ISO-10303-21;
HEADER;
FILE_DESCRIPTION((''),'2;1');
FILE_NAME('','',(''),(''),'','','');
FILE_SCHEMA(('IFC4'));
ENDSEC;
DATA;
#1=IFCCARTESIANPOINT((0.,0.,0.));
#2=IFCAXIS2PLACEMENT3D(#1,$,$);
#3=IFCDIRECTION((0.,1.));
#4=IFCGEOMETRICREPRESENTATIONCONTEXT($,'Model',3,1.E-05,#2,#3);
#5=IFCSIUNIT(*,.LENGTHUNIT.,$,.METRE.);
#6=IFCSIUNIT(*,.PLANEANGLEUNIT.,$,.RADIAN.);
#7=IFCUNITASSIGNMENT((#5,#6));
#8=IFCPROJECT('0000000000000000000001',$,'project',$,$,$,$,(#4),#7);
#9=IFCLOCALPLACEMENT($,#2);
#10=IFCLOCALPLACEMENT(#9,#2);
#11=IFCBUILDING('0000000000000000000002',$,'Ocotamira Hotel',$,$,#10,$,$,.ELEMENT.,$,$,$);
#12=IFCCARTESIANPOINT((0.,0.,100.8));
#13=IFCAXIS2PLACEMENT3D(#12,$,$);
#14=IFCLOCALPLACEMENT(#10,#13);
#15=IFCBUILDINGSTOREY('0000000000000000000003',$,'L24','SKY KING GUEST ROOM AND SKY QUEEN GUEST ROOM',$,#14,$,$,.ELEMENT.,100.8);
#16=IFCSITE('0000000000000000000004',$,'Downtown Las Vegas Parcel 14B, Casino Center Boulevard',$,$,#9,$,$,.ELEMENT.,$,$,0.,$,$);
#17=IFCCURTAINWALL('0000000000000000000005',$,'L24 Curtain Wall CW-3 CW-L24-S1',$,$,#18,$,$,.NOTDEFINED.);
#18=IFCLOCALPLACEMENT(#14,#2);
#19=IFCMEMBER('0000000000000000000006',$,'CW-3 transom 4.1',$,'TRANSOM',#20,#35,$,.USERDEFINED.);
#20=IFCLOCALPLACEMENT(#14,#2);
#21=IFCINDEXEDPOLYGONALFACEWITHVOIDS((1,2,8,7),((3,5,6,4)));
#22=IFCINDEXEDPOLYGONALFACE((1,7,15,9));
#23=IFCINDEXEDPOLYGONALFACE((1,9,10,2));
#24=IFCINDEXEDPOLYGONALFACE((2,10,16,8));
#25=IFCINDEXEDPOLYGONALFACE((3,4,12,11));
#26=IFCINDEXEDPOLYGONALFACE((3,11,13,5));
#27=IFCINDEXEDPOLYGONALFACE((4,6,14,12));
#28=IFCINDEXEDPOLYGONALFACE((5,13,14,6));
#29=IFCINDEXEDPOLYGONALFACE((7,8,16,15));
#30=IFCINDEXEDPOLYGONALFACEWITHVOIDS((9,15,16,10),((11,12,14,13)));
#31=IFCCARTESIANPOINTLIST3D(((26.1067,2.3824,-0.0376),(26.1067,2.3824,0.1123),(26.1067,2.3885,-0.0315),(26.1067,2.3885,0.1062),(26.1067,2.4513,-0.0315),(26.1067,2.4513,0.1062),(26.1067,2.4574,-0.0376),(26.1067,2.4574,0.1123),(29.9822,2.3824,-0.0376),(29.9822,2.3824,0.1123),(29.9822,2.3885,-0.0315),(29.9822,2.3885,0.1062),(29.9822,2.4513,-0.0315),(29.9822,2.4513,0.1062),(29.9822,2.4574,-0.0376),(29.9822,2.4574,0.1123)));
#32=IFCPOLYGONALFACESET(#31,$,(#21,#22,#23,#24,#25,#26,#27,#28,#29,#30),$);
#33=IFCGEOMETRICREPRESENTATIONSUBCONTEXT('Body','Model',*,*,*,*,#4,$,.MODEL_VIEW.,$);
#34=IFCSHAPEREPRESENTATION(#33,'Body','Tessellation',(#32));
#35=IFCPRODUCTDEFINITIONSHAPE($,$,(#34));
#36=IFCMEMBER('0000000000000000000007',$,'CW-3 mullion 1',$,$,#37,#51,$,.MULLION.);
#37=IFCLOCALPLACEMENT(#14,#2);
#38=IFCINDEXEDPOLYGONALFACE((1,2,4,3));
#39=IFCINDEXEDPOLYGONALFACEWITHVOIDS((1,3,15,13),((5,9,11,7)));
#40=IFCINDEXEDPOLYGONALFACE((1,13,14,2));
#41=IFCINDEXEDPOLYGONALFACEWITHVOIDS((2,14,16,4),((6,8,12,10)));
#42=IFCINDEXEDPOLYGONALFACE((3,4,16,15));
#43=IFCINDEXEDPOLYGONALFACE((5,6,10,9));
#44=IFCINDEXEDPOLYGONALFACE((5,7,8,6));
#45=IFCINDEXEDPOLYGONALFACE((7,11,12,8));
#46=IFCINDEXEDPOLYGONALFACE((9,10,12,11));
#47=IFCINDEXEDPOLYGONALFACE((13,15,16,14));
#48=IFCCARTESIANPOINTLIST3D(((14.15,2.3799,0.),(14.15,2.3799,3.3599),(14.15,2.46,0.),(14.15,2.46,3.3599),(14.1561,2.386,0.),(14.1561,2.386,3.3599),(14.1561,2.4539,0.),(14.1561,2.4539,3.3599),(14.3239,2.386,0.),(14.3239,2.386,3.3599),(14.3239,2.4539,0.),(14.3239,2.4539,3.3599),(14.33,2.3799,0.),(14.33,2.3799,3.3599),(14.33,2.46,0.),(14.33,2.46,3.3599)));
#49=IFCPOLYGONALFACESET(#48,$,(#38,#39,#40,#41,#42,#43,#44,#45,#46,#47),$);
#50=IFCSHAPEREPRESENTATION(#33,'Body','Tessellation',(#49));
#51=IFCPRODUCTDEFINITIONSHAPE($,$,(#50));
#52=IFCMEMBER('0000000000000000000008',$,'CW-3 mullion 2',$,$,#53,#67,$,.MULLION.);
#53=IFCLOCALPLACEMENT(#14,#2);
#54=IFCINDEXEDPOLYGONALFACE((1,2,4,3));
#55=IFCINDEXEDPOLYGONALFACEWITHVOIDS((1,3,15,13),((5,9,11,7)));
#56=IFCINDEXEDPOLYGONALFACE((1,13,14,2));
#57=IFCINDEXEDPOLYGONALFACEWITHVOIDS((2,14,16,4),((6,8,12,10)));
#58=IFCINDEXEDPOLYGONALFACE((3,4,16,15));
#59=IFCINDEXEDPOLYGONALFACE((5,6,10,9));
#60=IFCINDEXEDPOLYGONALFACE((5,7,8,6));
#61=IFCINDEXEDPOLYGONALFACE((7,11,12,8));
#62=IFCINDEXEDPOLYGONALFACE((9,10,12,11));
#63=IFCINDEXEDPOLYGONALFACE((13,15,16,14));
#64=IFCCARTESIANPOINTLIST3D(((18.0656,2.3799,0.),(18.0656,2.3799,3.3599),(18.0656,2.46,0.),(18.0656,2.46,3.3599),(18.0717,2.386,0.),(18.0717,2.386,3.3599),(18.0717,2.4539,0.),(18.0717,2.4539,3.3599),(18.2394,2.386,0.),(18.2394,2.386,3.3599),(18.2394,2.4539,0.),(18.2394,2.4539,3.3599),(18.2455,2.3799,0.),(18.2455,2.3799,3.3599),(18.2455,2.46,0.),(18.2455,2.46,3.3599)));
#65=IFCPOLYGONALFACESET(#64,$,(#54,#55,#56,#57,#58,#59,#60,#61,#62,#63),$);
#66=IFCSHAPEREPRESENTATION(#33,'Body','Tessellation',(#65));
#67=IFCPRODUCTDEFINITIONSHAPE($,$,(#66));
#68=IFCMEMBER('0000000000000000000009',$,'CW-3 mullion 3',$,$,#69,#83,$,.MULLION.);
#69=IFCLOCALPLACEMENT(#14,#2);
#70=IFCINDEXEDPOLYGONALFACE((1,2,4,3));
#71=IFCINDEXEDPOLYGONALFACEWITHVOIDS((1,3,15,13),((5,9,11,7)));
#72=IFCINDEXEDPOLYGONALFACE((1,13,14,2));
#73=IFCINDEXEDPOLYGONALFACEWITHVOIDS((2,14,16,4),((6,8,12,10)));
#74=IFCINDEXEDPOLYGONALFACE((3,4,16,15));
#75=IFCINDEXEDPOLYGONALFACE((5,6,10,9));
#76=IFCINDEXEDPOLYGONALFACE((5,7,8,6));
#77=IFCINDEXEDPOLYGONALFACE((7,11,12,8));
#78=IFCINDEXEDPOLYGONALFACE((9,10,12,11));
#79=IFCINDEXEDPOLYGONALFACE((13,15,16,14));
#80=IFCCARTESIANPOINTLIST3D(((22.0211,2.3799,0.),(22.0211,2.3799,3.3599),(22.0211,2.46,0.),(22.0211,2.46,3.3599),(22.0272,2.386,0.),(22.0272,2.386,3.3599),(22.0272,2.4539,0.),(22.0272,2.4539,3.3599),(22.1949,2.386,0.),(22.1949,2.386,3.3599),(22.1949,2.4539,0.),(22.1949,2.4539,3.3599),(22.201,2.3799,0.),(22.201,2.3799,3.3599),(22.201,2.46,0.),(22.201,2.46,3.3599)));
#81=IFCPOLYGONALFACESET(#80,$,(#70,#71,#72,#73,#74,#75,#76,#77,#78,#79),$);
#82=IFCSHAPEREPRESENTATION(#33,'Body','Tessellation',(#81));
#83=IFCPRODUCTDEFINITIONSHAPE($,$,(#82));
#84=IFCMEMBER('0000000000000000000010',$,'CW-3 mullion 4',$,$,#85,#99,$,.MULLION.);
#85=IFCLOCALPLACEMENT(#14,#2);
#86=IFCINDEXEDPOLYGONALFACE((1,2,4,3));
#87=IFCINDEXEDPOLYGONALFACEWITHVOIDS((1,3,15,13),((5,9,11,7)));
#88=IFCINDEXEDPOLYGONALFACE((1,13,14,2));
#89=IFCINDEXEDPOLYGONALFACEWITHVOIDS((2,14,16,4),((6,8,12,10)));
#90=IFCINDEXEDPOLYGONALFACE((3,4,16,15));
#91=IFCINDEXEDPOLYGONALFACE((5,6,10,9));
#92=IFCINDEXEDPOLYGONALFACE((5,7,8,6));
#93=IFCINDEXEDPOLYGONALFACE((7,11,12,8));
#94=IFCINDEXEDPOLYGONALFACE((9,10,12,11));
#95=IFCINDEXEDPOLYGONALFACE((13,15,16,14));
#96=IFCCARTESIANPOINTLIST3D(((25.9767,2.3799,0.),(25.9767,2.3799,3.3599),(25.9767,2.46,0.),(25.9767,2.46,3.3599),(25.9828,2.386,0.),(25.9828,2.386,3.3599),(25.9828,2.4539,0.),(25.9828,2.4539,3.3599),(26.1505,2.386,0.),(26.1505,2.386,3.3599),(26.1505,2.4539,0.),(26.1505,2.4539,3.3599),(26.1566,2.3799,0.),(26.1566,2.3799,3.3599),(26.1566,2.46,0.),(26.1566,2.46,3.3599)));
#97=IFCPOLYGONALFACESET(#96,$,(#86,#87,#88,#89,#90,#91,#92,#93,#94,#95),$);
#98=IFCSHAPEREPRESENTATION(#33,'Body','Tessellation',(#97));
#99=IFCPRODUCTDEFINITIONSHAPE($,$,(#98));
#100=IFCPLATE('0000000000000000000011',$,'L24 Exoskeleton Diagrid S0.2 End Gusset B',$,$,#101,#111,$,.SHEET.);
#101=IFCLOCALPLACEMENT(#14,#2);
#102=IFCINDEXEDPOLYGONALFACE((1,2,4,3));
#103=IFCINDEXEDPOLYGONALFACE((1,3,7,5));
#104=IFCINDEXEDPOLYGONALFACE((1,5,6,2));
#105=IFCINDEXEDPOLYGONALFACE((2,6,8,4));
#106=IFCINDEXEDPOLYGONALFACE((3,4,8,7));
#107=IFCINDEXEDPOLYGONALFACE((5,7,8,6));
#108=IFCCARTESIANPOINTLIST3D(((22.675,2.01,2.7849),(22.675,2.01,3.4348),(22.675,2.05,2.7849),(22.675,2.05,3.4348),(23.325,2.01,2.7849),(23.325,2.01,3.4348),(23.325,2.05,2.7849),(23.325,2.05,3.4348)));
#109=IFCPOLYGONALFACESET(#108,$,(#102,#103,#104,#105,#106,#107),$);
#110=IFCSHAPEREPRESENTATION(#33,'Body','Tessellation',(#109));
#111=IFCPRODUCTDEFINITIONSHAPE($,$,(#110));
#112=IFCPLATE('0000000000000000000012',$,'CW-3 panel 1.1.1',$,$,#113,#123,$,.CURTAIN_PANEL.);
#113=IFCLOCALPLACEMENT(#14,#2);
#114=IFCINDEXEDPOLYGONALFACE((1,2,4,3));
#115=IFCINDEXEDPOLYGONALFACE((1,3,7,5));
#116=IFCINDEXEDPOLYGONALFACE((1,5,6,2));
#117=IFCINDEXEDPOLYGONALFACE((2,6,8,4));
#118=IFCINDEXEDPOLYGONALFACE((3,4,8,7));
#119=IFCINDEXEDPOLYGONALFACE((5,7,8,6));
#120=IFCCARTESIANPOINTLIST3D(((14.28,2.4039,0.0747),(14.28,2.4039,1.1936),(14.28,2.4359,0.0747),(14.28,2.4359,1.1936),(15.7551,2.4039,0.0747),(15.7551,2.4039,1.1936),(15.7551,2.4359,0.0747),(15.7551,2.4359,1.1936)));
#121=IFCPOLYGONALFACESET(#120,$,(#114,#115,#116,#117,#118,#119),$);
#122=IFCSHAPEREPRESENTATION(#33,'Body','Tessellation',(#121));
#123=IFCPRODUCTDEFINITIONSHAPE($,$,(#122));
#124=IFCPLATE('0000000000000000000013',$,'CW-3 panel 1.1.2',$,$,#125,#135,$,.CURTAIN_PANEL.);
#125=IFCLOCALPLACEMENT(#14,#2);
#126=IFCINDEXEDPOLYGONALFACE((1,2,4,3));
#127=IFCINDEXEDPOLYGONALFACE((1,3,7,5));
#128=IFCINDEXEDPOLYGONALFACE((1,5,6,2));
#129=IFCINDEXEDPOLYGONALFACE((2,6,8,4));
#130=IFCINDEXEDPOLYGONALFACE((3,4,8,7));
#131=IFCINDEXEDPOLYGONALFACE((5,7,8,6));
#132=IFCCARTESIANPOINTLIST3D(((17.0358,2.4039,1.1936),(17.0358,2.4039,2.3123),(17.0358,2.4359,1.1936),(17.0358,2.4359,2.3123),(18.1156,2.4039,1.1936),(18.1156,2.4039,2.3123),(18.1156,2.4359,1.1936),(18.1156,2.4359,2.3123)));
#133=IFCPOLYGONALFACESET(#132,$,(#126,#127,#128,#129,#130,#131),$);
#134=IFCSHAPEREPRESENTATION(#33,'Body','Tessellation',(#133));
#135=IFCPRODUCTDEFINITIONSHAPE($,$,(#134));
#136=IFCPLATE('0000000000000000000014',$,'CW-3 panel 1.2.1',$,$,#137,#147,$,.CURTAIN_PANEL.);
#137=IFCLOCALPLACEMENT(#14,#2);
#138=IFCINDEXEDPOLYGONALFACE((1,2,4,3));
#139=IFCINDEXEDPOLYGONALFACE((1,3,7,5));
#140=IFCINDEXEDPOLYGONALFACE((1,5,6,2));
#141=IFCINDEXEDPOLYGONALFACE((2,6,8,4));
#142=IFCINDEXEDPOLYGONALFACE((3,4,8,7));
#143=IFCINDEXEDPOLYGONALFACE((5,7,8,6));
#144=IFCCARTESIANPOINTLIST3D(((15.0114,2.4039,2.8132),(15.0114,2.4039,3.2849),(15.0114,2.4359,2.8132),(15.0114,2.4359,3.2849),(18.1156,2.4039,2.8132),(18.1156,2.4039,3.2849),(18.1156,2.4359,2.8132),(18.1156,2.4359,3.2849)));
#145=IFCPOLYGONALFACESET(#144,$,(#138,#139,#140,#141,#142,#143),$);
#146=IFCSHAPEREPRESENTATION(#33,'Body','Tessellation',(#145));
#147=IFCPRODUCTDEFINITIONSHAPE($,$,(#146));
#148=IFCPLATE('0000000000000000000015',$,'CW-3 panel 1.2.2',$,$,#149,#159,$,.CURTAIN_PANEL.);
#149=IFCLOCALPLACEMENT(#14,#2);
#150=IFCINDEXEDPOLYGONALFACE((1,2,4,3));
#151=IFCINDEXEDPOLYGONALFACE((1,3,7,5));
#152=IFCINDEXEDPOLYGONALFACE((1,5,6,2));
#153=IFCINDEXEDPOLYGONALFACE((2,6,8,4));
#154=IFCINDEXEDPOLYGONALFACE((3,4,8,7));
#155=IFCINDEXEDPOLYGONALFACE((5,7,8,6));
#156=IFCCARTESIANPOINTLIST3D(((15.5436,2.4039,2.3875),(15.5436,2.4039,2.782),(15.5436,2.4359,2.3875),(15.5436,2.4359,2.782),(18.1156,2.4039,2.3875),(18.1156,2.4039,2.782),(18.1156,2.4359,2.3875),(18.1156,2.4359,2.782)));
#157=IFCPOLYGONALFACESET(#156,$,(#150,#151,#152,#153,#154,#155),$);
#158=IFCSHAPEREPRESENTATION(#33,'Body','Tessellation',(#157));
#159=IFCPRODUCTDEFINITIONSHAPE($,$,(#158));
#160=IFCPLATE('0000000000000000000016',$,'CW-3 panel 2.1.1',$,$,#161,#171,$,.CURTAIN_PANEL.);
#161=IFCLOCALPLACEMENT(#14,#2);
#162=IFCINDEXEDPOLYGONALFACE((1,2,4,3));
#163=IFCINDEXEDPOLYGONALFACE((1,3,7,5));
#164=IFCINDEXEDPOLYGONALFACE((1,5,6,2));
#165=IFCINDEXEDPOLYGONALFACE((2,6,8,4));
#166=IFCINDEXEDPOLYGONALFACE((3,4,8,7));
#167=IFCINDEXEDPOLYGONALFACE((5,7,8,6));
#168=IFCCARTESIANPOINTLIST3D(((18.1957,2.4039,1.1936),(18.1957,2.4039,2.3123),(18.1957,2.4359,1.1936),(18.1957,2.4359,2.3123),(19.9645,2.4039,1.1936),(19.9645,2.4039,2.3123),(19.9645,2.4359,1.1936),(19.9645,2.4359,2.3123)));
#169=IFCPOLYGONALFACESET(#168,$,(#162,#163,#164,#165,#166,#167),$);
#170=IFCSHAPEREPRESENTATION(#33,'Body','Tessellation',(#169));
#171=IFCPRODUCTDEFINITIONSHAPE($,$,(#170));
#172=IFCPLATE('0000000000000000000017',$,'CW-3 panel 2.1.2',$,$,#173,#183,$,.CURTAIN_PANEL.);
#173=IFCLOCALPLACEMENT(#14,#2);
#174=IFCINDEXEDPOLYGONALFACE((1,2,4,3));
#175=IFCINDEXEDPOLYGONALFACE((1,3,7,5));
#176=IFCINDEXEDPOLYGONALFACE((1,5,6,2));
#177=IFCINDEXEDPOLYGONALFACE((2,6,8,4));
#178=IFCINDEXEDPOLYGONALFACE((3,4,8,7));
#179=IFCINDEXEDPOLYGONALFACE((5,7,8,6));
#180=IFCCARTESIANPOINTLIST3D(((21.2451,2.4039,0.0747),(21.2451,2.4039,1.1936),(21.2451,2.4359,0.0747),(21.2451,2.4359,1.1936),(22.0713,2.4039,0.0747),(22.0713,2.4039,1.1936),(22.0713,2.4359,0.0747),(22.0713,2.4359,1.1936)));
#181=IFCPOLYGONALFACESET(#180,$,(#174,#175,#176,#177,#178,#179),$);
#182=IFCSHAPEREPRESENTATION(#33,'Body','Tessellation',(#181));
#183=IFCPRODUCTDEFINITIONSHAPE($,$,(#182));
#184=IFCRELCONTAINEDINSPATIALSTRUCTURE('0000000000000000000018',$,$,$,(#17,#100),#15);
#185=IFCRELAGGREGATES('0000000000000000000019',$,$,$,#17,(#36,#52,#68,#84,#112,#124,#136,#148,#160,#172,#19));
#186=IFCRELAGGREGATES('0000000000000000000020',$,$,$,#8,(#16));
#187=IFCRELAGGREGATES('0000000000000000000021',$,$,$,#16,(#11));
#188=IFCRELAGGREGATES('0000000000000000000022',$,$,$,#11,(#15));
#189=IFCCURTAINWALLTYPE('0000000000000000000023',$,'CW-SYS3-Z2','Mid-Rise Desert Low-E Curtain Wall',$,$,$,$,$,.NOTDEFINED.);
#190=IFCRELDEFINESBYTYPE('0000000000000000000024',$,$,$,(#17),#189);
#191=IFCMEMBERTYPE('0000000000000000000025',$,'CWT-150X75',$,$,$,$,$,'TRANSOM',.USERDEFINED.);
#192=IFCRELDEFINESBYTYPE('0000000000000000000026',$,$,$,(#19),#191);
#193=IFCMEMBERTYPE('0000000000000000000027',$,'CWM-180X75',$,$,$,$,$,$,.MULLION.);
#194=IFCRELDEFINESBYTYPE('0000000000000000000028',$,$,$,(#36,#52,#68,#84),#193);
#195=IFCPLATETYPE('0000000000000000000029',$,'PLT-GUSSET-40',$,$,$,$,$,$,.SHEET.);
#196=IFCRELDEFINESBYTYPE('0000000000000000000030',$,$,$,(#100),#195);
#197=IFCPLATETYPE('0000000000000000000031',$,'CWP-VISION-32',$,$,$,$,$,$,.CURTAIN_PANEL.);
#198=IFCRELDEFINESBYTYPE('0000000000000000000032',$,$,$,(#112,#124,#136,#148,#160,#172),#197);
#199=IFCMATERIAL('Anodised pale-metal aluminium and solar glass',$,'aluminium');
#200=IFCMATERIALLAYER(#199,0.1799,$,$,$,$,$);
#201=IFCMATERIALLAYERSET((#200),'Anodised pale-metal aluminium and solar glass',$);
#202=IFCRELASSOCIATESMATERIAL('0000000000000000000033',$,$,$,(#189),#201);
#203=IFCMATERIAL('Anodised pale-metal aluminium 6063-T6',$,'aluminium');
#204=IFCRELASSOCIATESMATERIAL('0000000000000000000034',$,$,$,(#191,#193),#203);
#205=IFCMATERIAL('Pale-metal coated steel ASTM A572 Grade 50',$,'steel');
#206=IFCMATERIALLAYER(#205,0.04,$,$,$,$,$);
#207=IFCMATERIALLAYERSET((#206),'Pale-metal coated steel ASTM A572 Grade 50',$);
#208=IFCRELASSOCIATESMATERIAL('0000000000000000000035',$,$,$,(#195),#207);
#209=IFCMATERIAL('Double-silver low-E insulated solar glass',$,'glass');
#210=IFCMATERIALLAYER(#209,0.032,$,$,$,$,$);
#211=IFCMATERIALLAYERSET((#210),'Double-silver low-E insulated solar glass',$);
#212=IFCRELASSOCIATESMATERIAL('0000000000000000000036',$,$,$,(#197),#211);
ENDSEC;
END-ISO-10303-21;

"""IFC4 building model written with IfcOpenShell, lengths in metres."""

from ifc_helpers import new_model, si_unit, direction, frame, origin, origin_2d, place, context, subcontext, project, spatial, rectangle, hollow_rectangle, extrude, source, transform, mapped, material, layer, layer_set, material_profile, profile_set, type_object, element, aggregate, save


model = new_model("IFC4")

# Units and contexts
model_context = context("Model", 3, precision=1e-05, world=origin(), true_north=direction((0.0, 1.0)))
body_context = subcontext(model_context, "Body", "Model", "MODEL_VIEW")
ifc_project = project(units=[si_unit("LENGTHUNIT", "METRE"), si_unit("PLANEANGLEUNIT", "RADIAN")], contexts=[model_context])

# Site, building, storey
site_placement = place(None, origin())
site = spatial("IfcSite", under=ifc_project, at=site_placement, Name="Downtown Las Vegas Parcel 14B, Casino Center Boulevard", CompositionType="ELEMENT", RefElevation=0.0)
building_placement = place(site_placement, origin())
building = spatial("IfcBuilding", under=site, at=building_placement, Name="Ocotamira Hotel", CompositionType="ELEMENT")
storey_placement = place(building_placement, frame((0.0, 0.0, 100.8)))
storey = spatial("IfcBuildingStorey", under=building, at=storey_placement, Name="L24", Description="SKY KING GUEST ROOM AND SKY QUEEN GUEST ROOM", CompositionType="ELEMENT", Elevation=100.8)

# Curtain wall, members
ifc_material_1 = material(Name="Anodised pale-metal aluminium and solar glass", Category="aluminium")
ifc_layer_1 = layer(ifc_material_1, 0.1799)
ifc_layer_set_1 = layer_set([ifc_layer_1], Name="Anodised pale-metal aluminium and solar glass")
curtain_wall_type = type_object("IfcCurtainWallType", Name="CW-SYS3-Z2", Description="Mid-Rise Desert Low-E Curtain Wall", PredefinedType="NOTDEFINED", material=ifc_layer_set_1)
curtain_wall_placement = place(storey_placement, origin())
curtain_wall = element("IfcCurtainWall", 1, at=curtain_wall_placement, inside=storey, type_object=curtain_wall_type, Name="L24 Curtain Wall CW-3 CW-L24-S1", PredefinedType="NOTDEFINED")
ifc_material_2 = material(Name="Anodised pale-metal aluminium 6063-T6", Category="aluminium")
ifc_material_profile_1 = material_profile(ifc_material_2, hollow_rectangle(XDim=0.075, YDim=0.1499, WallThickness=0.0061, at=origin_2d()), Name="HSS150X75X6")
ifc_profile_set_1 = profile_set([ifc_material_profile_1], Name="Anodised pale-metal aluminium 6063-T6")
member_type_1 = type_object("IfcMemberType", Name="CWT-150X75", ElementType="TRANSOM", PredefinedType="USERDEFINED", material=ifc_profile_set_1)
shared_shape_1 = source(origin(), body_context, "Body", "SweptSolid", [
    extrude(hollow_rectangle(XDim=0.075, YDim=0.1499, WallThickness=0.0061, at=origin_2d()), origin(), (0.0, 0.0, 1.0), 3.8755),
])
member_1_placement = place(storey_placement, frame((26.1067, 2.4199, 0.0374), z_axis=(1.0, 0.0, 0.0), x_axis=(0.0, 1.0, 0.0)))
member_1 = element("IfcMember", 2, at=member_1_placement, type_object=member_type_1, Name="CW-3 transom 4.1", ObjectType="TRANSOM", PredefinedType="USERDEFINED", context=body_context, shape_type="MappedRepresentation", body=[
    mapped(shared_shape_1, transform((0.0, 0.0, 0.0), scale=1.0)),
])
ifc_material_profile_2 = material_profile(ifc_material_2, hollow_rectangle(XDim=0.0801, YDim=0.1799, WallThickness=0.0061, at=origin_2d()), Name="HSS180X80X6")
ifc_profile_set_2 = profile_set([ifc_material_profile_2], Name="Anodised pale-metal aluminium 6063-T6")
member_type_2 = type_object("IfcMemberType", Name="CWM-180X75", PredefinedType="MULLION", material=ifc_profile_set_2)
shared_shape_2 = source(origin(), body_context, "Body", "SweptSolid", [
    extrude(hollow_rectangle(XDim=0.0801, YDim=0.1799, WallThickness=0.0061, at=origin_2d()), origin(), (0.0, 0.0, 1.0), 3.3599),
])
member_2_placement = place(storey_placement, frame((14.24, 2.4199, 0.0), z_axis=(0.0, 0.0, 1.0), x_axis=(0.0, 1.0, 0.0)))
member_2 = element("IfcMember", 3, at=member_2_placement, type_object=member_type_2, Name="CW-3 mullion 1", PredefinedType="MULLION", context=body_context, shape_type="MappedRepresentation", body=[
    mapped(shared_shape_2, transform((0.0, 0.0, 0.0), scale=1.0)),
])
member_3_placement = place(storey_placement, frame((18.1555, 2.4199, 0.0), z_axis=(0.0, 0.0, 1.0), x_axis=(0.0, 1.0, 0.0)))
member_3 = element("IfcMember", 4, at=member_3_placement, type_object=member_type_2, Name="CW-3 mullion 2", PredefinedType="MULLION", context=body_context, shape_type="MappedRepresentation", body=[
    mapped(shared_shape_2, transform((0.0, 0.0, 0.0), scale=1.0)),
])
member_4_placement = place(storey_placement, frame((22.1111, 2.4199, 0.0), z_axis=(0.0, 0.0, 1.0), x_axis=(0.0, 1.0, 0.0)))
member_4 = element("IfcMember", 5, at=member_4_placement, type_object=member_type_2, Name="CW-3 mullion 3", PredefinedType="MULLION", context=body_context, shape_type="MappedRepresentation", body=[
    mapped(shared_shape_2, transform((0.0, 0.0, 0.0), scale=1.0)),
])
member_5_placement = place(storey_placement, frame((26.0667, 2.4199, 0.0), z_axis=(0.0, 0.0, 1.0), x_axis=(0.0, 1.0, 0.0)))
member_5 = element("IfcMember", 6, at=member_5_placement, type_object=member_type_2, Name="CW-3 mullion 4", PredefinedType="MULLION", context=body_context, shape_type="MappedRepresentation", body=[
    mapped(shared_shape_2, transform((0.0, 0.0, 0.0), scale=1.0)),
])

# Plates
ifc_material_3 = material(Name="Pale-metal coated steel ASTM A572 Grade 50", Category="steel")
ifc_layer_2 = layer(ifc_material_3, 0.04)
ifc_layer_set_2 = layer_set([ifc_layer_2], Name="Pale-metal coated steel ASTM A572 Grade 50")
plate_type_1 = type_object("IfcPlateType", Name="PLT-GUSSET-40", PredefinedType="SHEET", material=ifc_layer_set_2)
shared_shape_3 = source(origin(), body_context, "Body", "SweptSolid", [
    extrude(rectangle(XDim=0.6499, YDim=0.04, at=origin_2d()), origin(), (0.0, 0.0, 1.0), 0.6499),
])
plate_1_placement = place(storey_placement, frame((23.0, 2.03, 2.7849), z_axis=(0.0, 0.0, 1.0), x_axis=(1.0, 0.0, 0.0)))
element("IfcPlate", 7, at=plate_1_placement, inside=storey, type_object=plate_type_1, Name="L24 Exoskeleton Diagrid S0.2 End Gusset B", PredefinedType="SHEET", context=body_context, shape_type="MappedRepresentation", body=[
    mapped(shared_shape_3, transform((0.0, 0.0, 0.0), scale=1.0)),
])
ifc_material_4 = material(Name="Double-silver low-E insulated solar glass", Category="glass")
ifc_layer_3 = layer(ifc_material_4, 0.032)
ifc_layer_set_3 = layer_set([ifc_layer_3], Name="Double-silver low-E insulated solar glass")
plate_type_2 = type_object("IfcPlateType", Name="CWP-VISION-32", PredefinedType="CURTAIN_PANEL", material=ifc_layer_set_3)
shared_shape_4 = source(origin(), body_context, "Body", "SweptSolid", [
    extrude(rectangle(XDim=1.4751, YDim=0.032, at=origin_2d()), origin(), (0.0, 0.0, 1.0), 1.1189),
])
plate_2_placement = place(storey_placement, frame((15.0176, 2.4199, 0.0747), z_axis=(0.0, 0.0, 1.0), x_axis=(1.0, 0.0, 0.0)))
plate_2 = element("IfcPlate", 8, at=plate_2_placement, type_object=plate_type_2, Name="CW-3 panel 1.1.1", PredefinedType="CURTAIN_PANEL", context=body_context, shape_type="MappedRepresentation", body=[
    mapped(shared_shape_4, transform((0.0, 0.0, 0.0), scale=1.0)),
])
shared_shape_5 = source(origin(), body_context, "Body", "SweptSolid", [
    extrude(rectangle(XDim=1.0798, YDim=0.032, at=origin_2d()), origin(), (0.0, 0.0, 1.0), 1.1187),
])
plate_3_placement = place(storey_placement, frame((17.5757, 2.4199, 1.1936), z_axis=(0.0, 0.0, 1.0), x_axis=(1.0, 0.0, 0.0)))
plate_3 = element("IfcPlate", 9, at=plate_3_placement, type_object=plate_type_2, Name="CW-3 panel 1.1.2", PredefinedType="CURTAIN_PANEL", context=body_context, shape_type="MappedRepresentation", body=[
    mapped(shared_shape_5, transform((0.0, 0.0, 0.0), scale=1.0)),
])
shared_shape_6 = source(origin(), body_context, "Body", "SweptSolid", [
    extrude(rectangle(XDim=3.1042, YDim=0.032, at=origin_2d()), origin(), (0.0, 0.0, 1.0), 0.4717),
])
plate_4_placement = place(storey_placement, frame((16.5635, 2.4199, 2.8132), z_axis=(0.0, 0.0, 1.0), x_axis=(1.0, 0.0, 0.0)))
plate_4 = element("IfcPlate", 10, at=plate_4_placement, type_object=plate_type_2, Name="CW-3 panel 1.2.1", PredefinedType="CURTAIN_PANEL", context=body_context, shape_type="MappedRepresentation", body=[
    mapped(shared_shape_6, transform((0.0, 0.0, 0.0), scale=1.0)),
])
shared_shape_7 = source(origin(), body_context, "Body", "SweptSolid", [
    extrude(rectangle(XDim=2.572, YDim=0.032, at=origin_2d()), origin(), (0.0, 0.0, 1.0), 0.3945),
])
plate_5_placement = place(storey_placement, frame((16.8296, 2.4199, 2.3875), z_axis=(0.0, 0.0, 1.0), x_axis=(1.0, 0.0, 0.0)))
plate_5 = element("IfcPlate", 11, at=plate_5_placement, type_object=plate_type_2, Name="CW-3 panel 1.2.2", PredefinedType="CURTAIN_PANEL", context=body_context, shape_type="MappedRepresentation", body=[
    mapped(shared_shape_7, transform((0.0, 0.0, 0.0), scale=1.0)),
])
shared_shape_8 = source(origin(), body_context, "Body", "SweptSolid", [
    extrude(rectangle(XDim=1.7688, YDim=0.032, at=origin_2d()), origin(), (0.0, 0.0, 1.0), 1.1187),
])
plate_6_placement = place(storey_placement, frame((19.0801, 2.4199, 1.1936), z_axis=(0.0, 0.0, 1.0), x_axis=(1.0, 0.0, 0.0)))
plate_6 = element("IfcPlate", 12, at=plate_6_placement, type_object=plate_type_2, Name="CW-3 panel 2.1.1", PredefinedType="CURTAIN_PANEL", context=body_context, shape_type="MappedRepresentation", body=[
    mapped(shared_shape_8, transform((0.0, 0.0, 0.0), scale=1.0)),
])
shared_shape_9 = source(origin(), body_context, "Body", "SweptSolid", [
    extrude(rectangle(XDim=0.8262, YDim=0.032, at=origin_2d()), origin(), (0.0, 0.0, 1.0), 1.1189),
])
plate_7_placement = place(storey_placement, frame((21.6582, 2.4199, 0.0747), z_axis=(0.0, 0.0, 1.0), x_axis=(1.0, 0.0, 0.0)))
plate_7 = element("IfcPlate", 13, at=plate_7_placement, type_object=plate_type_2, Name="CW-3 panel 2.1.2", PredefinedType="CURTAIN_PANEL", context=body_context, shape_type="MappedRepresentation", body=[
    mapped(shared_shape_9, transform((0.0, 0.0, 0.0), scale=1.0)),
])
aggregate(curtain_wall, [member_2, member_3, member_4, member_5, plate_2, plate_3, plate_4, plate_5, plate_6, plate_7, member_1])

save(model, "model.ifc")
